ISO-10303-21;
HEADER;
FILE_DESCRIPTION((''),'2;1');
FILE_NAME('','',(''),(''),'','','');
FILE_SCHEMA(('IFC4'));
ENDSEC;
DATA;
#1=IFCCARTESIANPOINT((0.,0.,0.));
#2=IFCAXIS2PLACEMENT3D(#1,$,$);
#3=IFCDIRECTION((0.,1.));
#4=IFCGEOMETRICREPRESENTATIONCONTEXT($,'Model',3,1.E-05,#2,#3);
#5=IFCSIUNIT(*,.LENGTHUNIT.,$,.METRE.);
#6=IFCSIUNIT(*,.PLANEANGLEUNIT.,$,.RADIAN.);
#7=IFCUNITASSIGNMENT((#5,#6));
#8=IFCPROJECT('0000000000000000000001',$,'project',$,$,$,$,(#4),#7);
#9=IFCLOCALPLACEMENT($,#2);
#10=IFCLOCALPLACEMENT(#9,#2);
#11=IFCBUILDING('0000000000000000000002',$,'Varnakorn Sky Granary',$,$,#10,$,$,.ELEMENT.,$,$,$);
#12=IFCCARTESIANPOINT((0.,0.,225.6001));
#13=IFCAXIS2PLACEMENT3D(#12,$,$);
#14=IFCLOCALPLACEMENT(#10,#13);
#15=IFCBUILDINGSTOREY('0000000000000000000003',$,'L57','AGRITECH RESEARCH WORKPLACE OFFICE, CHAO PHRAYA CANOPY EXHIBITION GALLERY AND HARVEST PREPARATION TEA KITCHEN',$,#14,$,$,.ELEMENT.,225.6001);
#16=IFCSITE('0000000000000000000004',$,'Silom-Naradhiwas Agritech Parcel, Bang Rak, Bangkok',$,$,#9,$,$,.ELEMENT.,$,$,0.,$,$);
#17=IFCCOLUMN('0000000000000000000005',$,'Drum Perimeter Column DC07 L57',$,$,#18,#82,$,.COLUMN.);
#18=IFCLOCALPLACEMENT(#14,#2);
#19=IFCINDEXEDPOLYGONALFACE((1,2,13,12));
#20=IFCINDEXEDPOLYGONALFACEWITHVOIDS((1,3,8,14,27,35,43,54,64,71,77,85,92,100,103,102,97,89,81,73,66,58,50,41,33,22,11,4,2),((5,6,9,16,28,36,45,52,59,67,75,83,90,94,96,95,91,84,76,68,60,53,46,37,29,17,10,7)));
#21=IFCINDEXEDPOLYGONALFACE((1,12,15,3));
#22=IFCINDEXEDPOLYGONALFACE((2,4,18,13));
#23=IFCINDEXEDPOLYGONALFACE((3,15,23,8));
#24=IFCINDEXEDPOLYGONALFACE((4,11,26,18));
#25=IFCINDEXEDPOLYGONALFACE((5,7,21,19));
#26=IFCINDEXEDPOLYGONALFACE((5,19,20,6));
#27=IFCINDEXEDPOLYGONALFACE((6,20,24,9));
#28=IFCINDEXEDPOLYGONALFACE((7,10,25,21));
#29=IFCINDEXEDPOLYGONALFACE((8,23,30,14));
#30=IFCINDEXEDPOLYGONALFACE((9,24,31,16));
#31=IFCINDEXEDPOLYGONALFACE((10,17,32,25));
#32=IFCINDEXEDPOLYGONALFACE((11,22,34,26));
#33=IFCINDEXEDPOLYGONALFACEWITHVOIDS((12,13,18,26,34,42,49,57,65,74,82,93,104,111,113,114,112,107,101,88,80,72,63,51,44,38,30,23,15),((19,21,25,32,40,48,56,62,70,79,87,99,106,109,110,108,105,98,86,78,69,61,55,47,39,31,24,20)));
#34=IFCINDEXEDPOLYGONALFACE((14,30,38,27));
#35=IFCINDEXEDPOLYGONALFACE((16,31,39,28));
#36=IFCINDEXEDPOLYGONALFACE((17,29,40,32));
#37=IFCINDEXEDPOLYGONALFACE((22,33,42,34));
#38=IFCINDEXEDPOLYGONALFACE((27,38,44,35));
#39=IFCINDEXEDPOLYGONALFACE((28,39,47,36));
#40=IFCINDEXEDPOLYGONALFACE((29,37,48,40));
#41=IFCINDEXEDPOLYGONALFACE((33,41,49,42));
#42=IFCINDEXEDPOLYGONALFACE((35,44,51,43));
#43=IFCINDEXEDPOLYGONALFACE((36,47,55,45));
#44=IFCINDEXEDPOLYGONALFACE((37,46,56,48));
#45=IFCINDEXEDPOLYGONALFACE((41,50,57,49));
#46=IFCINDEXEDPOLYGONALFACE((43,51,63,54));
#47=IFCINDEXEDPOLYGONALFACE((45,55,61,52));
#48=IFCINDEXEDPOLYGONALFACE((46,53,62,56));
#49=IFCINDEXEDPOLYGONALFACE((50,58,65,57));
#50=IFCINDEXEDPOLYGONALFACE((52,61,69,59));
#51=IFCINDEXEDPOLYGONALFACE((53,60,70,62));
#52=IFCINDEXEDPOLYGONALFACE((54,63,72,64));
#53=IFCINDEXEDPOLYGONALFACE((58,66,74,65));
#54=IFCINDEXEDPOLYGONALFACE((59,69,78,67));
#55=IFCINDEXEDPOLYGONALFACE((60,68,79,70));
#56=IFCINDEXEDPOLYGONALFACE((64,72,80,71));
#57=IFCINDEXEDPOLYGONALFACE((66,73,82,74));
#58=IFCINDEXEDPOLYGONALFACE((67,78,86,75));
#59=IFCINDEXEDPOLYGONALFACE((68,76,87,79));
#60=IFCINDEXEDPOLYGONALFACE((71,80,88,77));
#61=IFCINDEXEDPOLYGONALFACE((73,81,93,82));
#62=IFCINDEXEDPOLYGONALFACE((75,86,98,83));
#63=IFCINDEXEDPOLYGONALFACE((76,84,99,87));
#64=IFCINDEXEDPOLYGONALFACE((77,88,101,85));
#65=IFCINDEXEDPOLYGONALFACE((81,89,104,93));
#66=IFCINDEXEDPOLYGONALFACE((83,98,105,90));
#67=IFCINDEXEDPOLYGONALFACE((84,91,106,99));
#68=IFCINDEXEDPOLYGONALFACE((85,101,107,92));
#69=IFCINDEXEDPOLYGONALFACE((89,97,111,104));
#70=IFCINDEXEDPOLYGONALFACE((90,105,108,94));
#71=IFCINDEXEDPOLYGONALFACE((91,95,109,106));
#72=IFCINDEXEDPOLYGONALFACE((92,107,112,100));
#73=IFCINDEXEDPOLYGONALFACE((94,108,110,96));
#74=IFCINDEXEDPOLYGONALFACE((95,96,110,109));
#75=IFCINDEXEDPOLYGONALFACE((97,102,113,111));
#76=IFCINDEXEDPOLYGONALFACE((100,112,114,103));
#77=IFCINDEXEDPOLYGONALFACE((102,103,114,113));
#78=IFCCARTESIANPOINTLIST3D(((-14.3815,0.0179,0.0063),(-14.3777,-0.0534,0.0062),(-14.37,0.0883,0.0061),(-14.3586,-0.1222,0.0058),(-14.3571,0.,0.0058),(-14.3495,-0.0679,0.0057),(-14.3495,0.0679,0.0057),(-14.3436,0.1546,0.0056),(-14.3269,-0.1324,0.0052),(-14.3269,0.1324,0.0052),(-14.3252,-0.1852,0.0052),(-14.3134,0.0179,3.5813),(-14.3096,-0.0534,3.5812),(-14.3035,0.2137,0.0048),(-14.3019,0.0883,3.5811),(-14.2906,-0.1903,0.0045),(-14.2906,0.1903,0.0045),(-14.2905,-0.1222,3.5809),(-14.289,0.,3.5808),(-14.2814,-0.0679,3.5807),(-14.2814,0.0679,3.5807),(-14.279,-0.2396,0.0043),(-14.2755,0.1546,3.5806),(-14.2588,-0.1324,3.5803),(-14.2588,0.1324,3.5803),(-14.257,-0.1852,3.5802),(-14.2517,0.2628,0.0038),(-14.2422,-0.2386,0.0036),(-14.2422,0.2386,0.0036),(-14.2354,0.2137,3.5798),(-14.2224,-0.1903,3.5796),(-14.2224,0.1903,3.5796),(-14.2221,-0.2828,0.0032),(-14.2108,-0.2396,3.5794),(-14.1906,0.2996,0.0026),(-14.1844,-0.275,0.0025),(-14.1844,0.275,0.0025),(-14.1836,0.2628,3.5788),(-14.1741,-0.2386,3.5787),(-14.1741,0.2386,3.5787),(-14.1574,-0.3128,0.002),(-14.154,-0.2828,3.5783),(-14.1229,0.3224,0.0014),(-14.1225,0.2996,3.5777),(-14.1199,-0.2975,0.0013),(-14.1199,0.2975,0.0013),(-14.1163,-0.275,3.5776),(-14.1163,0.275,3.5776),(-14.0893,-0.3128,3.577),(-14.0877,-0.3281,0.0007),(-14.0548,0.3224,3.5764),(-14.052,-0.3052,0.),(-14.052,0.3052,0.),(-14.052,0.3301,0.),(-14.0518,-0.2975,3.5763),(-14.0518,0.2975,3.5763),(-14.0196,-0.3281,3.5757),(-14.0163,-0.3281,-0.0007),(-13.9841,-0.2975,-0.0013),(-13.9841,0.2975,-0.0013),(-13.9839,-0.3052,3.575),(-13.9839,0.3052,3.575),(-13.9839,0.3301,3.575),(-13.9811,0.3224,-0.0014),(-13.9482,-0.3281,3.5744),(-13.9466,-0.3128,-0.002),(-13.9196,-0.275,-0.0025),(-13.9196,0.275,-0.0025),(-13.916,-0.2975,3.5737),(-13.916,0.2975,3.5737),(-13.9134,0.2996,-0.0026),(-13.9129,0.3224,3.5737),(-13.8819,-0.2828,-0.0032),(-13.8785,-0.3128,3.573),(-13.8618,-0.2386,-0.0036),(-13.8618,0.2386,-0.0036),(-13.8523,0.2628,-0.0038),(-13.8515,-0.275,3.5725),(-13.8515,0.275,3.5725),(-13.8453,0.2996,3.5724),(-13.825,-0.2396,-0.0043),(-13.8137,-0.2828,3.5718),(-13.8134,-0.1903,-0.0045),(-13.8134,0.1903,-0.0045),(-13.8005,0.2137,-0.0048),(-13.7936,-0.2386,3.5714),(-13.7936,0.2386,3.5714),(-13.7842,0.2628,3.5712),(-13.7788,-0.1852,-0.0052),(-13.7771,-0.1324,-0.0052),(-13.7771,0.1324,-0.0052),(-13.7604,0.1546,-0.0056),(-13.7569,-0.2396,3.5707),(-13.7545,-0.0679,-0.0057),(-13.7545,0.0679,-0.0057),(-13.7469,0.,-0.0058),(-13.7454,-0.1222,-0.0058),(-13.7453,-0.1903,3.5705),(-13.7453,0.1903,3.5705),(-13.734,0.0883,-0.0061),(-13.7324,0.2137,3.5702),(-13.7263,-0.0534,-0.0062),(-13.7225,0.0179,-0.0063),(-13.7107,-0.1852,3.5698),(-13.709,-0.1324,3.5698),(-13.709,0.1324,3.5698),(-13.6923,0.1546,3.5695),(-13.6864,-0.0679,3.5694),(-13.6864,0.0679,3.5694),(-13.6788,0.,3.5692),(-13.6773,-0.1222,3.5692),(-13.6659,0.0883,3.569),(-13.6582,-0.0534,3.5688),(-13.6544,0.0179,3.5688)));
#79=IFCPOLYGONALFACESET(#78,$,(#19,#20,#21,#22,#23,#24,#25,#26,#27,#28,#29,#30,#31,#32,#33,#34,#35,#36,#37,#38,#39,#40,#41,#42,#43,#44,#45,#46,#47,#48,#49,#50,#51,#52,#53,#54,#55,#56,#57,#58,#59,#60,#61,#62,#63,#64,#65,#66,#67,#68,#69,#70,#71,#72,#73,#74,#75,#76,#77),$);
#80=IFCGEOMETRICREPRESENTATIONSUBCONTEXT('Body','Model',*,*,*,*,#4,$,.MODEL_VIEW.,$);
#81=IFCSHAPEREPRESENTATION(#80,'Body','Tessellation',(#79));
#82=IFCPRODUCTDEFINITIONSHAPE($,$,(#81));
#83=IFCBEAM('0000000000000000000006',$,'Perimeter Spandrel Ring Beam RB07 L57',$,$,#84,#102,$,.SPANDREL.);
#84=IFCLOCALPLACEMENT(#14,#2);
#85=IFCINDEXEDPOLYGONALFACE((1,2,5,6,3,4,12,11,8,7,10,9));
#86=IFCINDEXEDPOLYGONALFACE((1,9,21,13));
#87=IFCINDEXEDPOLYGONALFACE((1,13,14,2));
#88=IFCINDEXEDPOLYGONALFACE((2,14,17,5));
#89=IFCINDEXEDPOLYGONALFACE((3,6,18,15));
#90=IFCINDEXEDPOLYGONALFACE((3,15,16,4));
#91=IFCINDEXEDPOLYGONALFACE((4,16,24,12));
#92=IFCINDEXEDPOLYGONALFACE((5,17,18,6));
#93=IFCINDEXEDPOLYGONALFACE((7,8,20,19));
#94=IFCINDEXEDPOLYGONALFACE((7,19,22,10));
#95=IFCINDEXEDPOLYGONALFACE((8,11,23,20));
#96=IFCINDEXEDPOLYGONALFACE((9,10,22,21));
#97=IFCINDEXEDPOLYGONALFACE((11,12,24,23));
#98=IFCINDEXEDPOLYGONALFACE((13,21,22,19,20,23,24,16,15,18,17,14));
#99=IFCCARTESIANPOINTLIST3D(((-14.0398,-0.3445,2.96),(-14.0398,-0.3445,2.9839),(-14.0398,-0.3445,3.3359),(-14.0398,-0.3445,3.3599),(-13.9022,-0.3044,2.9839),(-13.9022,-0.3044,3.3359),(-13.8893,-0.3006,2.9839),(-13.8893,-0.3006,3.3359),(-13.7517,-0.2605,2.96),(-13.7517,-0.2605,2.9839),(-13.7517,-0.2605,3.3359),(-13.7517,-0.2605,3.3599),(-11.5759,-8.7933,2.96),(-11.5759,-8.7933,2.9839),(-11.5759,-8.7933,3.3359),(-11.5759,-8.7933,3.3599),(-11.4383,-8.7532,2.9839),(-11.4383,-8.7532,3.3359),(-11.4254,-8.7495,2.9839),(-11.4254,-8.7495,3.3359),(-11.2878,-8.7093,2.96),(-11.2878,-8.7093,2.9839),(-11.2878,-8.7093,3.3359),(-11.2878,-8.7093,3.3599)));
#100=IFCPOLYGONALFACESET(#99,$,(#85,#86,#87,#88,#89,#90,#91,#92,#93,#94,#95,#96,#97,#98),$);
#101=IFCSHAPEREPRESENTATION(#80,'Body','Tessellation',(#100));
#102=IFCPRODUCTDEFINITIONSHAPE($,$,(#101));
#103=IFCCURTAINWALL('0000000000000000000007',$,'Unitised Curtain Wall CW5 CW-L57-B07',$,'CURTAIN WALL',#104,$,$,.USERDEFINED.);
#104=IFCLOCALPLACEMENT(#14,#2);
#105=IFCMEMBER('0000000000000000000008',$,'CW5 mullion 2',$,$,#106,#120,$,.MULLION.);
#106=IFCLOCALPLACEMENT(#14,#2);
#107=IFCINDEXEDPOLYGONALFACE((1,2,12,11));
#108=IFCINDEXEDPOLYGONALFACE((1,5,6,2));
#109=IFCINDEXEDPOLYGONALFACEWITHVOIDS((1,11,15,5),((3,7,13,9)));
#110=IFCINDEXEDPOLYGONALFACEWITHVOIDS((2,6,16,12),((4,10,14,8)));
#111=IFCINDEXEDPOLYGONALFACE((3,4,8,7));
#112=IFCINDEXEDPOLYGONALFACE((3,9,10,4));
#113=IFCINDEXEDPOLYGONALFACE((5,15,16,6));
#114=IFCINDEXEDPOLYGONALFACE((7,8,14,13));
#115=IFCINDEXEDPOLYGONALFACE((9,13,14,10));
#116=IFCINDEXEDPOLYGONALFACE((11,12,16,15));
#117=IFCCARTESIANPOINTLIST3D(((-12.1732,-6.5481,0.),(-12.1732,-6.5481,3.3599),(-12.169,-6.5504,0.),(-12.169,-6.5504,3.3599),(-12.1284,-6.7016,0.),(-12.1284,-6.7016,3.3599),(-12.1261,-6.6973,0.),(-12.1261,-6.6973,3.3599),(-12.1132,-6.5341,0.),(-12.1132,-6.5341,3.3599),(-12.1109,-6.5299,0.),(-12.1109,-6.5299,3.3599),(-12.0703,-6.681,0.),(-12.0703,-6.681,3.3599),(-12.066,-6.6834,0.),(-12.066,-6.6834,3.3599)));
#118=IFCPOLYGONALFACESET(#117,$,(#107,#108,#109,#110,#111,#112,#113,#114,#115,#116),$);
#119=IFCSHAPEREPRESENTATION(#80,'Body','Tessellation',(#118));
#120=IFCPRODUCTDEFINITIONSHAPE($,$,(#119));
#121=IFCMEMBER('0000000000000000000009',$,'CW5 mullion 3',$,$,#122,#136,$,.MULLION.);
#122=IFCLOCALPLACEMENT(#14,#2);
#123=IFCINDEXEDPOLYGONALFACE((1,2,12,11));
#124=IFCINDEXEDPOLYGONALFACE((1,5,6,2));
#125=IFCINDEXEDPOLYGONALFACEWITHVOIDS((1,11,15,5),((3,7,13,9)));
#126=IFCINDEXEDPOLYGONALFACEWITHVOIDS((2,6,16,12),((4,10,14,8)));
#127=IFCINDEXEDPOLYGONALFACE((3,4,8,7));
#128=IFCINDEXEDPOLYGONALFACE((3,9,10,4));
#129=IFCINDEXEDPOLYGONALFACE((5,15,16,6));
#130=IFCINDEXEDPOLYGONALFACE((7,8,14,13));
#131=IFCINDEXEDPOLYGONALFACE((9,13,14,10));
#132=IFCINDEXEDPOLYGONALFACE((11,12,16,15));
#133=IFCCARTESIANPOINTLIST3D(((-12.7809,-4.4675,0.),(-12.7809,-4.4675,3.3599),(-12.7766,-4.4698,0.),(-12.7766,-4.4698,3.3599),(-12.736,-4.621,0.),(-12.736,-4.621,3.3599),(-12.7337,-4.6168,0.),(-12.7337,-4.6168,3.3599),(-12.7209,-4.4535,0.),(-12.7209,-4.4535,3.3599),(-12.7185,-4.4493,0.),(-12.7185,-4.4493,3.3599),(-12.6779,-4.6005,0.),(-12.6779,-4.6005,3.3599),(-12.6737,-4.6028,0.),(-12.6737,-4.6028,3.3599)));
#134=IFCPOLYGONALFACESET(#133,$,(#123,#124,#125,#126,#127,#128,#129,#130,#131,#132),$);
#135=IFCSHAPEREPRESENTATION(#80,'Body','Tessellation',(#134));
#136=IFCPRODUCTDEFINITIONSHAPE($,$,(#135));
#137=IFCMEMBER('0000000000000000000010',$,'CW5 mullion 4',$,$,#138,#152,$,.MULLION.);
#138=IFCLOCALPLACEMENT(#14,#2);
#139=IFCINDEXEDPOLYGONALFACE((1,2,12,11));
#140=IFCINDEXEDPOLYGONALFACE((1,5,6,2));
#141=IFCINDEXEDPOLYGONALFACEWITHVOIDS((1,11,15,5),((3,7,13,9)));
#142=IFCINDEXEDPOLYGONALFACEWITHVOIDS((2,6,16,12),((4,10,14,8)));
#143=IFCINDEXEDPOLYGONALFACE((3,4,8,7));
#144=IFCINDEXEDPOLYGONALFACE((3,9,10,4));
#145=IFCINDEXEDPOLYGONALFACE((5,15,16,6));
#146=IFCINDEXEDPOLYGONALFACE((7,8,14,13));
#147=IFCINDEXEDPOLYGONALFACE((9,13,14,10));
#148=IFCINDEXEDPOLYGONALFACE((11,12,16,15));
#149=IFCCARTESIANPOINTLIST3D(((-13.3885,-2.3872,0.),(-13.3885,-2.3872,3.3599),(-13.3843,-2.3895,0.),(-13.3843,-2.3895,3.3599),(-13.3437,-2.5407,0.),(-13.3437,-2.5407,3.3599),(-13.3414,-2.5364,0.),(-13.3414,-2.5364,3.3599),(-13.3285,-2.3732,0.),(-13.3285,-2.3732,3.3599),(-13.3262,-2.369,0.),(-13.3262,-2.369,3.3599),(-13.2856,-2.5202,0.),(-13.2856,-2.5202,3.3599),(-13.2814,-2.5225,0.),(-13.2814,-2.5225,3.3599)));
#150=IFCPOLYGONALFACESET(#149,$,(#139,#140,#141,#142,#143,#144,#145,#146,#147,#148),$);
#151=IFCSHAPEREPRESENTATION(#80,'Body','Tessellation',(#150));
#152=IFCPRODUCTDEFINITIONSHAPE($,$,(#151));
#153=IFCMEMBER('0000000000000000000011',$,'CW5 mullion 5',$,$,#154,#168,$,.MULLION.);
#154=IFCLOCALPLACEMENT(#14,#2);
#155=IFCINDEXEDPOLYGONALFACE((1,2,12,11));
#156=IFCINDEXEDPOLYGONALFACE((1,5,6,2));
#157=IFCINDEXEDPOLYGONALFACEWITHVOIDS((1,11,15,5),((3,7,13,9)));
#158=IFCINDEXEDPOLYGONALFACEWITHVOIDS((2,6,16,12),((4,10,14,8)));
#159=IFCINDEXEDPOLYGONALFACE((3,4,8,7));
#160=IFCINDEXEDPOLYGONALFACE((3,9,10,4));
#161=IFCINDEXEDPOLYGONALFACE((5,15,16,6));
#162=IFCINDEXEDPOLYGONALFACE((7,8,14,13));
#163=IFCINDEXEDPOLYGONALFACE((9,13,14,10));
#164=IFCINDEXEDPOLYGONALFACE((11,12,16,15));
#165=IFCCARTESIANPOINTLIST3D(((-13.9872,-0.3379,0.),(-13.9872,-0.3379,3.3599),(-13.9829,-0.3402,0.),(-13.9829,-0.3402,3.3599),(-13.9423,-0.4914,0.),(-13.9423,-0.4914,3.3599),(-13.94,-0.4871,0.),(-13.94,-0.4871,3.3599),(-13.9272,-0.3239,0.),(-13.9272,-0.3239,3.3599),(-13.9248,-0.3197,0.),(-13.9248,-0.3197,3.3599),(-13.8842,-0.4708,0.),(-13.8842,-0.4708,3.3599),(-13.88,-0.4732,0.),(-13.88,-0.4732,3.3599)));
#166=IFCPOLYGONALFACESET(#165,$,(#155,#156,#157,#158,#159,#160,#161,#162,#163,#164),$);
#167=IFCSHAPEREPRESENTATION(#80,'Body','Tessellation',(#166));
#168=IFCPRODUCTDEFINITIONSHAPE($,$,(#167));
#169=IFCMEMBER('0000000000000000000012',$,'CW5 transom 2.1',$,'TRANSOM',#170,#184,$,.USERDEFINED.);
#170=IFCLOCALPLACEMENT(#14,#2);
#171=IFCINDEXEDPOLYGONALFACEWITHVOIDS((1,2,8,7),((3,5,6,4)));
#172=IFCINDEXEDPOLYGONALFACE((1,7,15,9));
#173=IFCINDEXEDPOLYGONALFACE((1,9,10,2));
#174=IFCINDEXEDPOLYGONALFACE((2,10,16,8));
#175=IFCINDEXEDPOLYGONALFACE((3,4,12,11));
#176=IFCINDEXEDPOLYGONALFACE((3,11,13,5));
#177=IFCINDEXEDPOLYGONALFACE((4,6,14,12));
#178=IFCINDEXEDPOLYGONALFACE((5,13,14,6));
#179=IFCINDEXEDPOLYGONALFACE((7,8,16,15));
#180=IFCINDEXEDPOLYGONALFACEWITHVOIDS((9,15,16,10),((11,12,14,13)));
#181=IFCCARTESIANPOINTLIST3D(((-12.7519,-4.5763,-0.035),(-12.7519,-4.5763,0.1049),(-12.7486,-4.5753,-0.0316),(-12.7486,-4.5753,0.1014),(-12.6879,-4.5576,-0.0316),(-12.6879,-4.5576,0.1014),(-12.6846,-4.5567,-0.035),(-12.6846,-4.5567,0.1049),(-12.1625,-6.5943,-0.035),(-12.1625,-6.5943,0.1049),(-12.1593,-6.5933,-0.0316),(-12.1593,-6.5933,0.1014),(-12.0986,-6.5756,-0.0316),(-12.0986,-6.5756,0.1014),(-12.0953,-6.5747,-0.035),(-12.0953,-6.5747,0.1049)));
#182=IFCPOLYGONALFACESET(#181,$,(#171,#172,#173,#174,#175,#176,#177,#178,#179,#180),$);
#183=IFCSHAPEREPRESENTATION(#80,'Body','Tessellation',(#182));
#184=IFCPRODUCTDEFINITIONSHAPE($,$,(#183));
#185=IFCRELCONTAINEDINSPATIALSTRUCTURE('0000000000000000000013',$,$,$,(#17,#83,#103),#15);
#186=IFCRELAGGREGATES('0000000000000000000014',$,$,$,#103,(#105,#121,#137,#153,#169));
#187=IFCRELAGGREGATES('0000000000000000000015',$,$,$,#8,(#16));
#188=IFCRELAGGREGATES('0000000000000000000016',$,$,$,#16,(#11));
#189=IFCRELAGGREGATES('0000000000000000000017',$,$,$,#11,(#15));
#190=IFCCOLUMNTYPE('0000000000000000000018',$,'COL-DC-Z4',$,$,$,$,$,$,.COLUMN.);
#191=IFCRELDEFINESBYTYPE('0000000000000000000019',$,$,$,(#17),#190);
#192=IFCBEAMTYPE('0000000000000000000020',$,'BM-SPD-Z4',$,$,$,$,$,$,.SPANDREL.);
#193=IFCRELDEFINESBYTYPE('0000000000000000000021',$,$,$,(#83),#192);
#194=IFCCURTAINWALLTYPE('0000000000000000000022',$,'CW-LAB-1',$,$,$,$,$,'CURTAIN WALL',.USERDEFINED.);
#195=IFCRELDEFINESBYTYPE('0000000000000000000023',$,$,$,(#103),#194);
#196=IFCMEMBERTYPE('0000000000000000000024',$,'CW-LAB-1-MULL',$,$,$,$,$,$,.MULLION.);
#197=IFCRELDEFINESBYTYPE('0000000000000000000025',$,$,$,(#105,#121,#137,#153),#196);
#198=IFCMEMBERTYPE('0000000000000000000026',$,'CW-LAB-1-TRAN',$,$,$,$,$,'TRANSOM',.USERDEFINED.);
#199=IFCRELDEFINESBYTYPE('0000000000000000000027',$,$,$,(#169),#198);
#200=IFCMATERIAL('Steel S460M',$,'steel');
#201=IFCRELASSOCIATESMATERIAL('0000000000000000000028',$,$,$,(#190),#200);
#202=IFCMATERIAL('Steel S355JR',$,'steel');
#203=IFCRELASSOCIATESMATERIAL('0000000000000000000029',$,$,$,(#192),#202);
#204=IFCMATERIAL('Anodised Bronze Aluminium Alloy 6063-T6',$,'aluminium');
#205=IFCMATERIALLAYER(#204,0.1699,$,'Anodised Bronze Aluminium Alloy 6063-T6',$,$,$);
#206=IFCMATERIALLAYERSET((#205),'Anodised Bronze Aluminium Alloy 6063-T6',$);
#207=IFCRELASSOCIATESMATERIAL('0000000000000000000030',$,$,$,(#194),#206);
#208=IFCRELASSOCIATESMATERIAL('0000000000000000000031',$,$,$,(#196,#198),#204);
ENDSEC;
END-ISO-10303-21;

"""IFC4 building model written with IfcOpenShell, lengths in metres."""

from ifc_helpers import new_model, si_unit, direction, frame, origin, origin_2d, place, context, subcontext, project, spatial, hollow_rectangle, hollow_circle, i_section, extrude, material, layer, layer_set, material_profile, profile_set, type_object, element, aggregate, save


model = new_model("IFC4")

# Units and contexts
model_context = context("Model", 3, precision=1e-05, world=origin(), true_north=direction((0.0, 1.0)))
body_context = subcontext(model_context, "Body", "Model", "MODEL_VIEW")
ifc_project = project(units=[si_unit("LENGTHUNIT", "METRE"), si_unit("PLANEANGLEUNIT", "RADIAN")], contexts=[model_context])

# Site, building, storey
site_placement = place(None, origin())
site = spatial("IfcSite", under=ifc_project, at=site_placement, Name="Silom-Naradhiwas Agritech Parcel, Bang Rak, Bangkok", CompositionType="ELEMENT", RefElevation=0.0)
building_placement = place(site_placement, origin())
building = spatial("IfcBuilding", under=site, at=building_placement, Name="Varnakorn Sky Granary", CompositionType="ELEMENT")
storey_placement = place(building_placement, frame((0.0, 0.0, 225.6001)))
storey = spatial("IfcBuildingStorey", under=building, at=storey_placement, Name="L57", Description="AGRITECH RESEARCH WORKPLACE OFFICE, CHAO PHRAYA CANOPY EXHIBITION GALLERY AND HARVEST PREPARATION TEA KITCHEN", CompositionType="ELEMENT", Elevation=225.6001)

# Column
ifc_material_1 = material(Name="Steel S460M", Category="steel")
ifc_material_profile_1 = material_profile(ifc_material_1, hollow_circle(Radius=0.3301, WallThickness=0.0249, at=origin_2d()), Name="CHS 660x25")
ifc_profile_set_1 = profile_set([ifc_material_profile_1], Name="Steel S460M")
column_type = type_object("IfcColumnType", Name="COL-DC-Z4", PredefinedType="COLUMN", material=ifc_profile_set_1)
column_placement = place(storey_placement, frame((-14.052, 0.0, 0.0), z_axis=(0.01905, 0.0, 0.999819), x_axis=(0.0, 1.0, 0.0)))
element("IfcColumn", 1, at=column_placement, inside=storey, type_object=column_type, Name="Drum Perimeter Column DC07 L57", PredefinedType="COLUMN", context=body_context, shape_type="SweptSolid", body=[
    extrude(hollow_circle(Radius=0.3301, WallThickness=0.0249, at=origin_2d()), origin(), (0.0, 0.0, 1.0), 3.5757),
])

# Beam
ifc_material_2 = material(Name="Steel S355JR", Category="steel")
ifc_material_profile_2 = material_profile(ifc_material_2, i_section(OverallWidth=0.3, OverallDepth=0.3999, WebThickness=0.0134, FlangeThickness=0.0239, at=origin_2d()), Name="HE 400 B")
ifc_profile_set_2 = profile_set([ifc_material_profile_2], Name="Steel S355JR")
beam_type = type_object("IfcBeamType", Name="BM-SPD-Z4", PredefinedType="SPANDREL", material=ifc_profile_set_2)
beam_placement = place(storey_placement, frame((-13.8958, -0.3025, 3.1599), z_axis=(0.279964, -0.960011, 0.0), x_axis=(0.960011, 0.279964, 0.0)))
element("IfcBeam", 2, at=beam_placement, inside=storey, type_object=beam_type, Name="Perimeter Spandrel Ring Beam RB07 L57", PredefinedType="SPANDREL", context=body_context, shape_type="SweptSolid", body=[
    extrude(i_section(OverallWidth=0.3, OverallDepth=0.3999, WebThickness=0.0134, FlangeThickness=0.0239, at=origin_2d()), origin(), (0.0, 0.0, 1.0), 8.8008),
])

# Curtain wall, members
ifc_material_3 = material(Name="Anodised Bronze Aluminium Alloy 6063-T6", Category="aluminium")
ifc_layer_1 = layer(ifc_material_3, 0.1699, Name="Anodised Bronze Aluminium Alloy 6063-T6")
ifc_layer_set_1 = layer_set([ifc_layer_1], Name="Anodised Bronze Aluminium Alloy 6063-T6")
curtain_wall_type = type_object("IfcCurtainWallType", Name="CW-LAB-1", ElementType="CURTAIN WALL", PredefinedType="USERDEFINED", material=ifc_layer_set_1)
curtain_wall_placement = place(storey_placement, origin())
curtain_wall = element("IfcCurtainWall", 3, at=curtain_wall_placement, inside=storey, type_object=curtain_wall_type, Name="Unitised Curtain Wall CW5 CW-L57-B07", ObjectType="CURTAIN WALL", PredefinedType="USERDEFINED")
ifc_material_profile_3 = material_profile(ifc_material_3, hollow_rectangle(XDim=0.0649, YDim=0.1599, WallThickness=0.0034, at=origin_2d()), Name="ALU MULL 65x160")
ifc_profile_set_3 = profile_set([ifc_material_profile_3], Name="Anodised Bronze Aluminium Alloy 6063-T6")
member_type_1 = type_object("IfcMemberType", Name="CW-LAB-1-MULL", PredefinedType="MULLION", material=ifc_profile_set_3)
member_1_placement = place(storey_placement, frame((-12.1196, -6.6157, 0.0), z_axis=(0.0, 0.0, 1.0), x_axis=(-0.95989, -0.280376, 0.0)))
member_1 = element("IfcMember", 4, at=member_1_placement, type_object=member_type_1, Name="CW5 mullion 2", PredefinedType="MULLION", context=body_context, shape_type="SweptSolid", body=[
    extrude(hollow_rectangle(XDim=0.0649, YDim=0.1599, WallThickness=0.0034, at=origin_2d()), origin(), (0.0, 0.0, 1.0), 3.3599),
])
member_2_placement = place(storey_placement, frame((-12.7273, -4.5352, 0.0), z_axis=(0.0, 0.0, 1.0), x_axis=(-0.95989, -0.280376, 0.0)))
member_2 = element("IfcMember", 5, at=member_2_placement, type_object=member_type_1, Name="CW5 mullion 3", PredefinedType="MULLION", context=body_context, shape_type="SweptSolid", body=[
    extrude(hollow_rectangle(XDim=0.0649, YDim=0.1599, WallThickness=0.0034, at=origin_2d()), origin(), (0.0, 0.0, 1.0), 3.3599),
])
member_3_placement = place(storey_placement, frame((-13.335, -2.4548, 0.0), z_axis=(0.0, 0.0, 1.0), x_axis=(-0.95989, -0.280376, 0.0)))
member_3 = element("IfcMember", 6, at=member_3_placement, type_object=member_type_1, Name="CW5 mullion 4", PredefinedType="MULLION", context=body_context, shape_type="SweptSolid", body=[
    extrude(hollow_rectangle(XDim=0.0649, YDim=0.1599, WallThickness=0.0034, at=origin_2d()), origin(), (0.0, 0.0, 1.0), 3.3599),
])
member_4_placement = place(storey_placement, frame((-13.9336, -0.4055, 0.0), z_axis=(0.0, 0.0, 1.0), x_axis=(-0.95989, -0.280376, 0.0)))
member_4 = element("IfcMember", 7, at=member_4_placement, type_object=member_type_1, Name="CW5 mullion 5", PredefinedType="MULLION", context=body_context, shape_type="SweptSolid", body=[
    extrude(hollow_rectangle(XDim=0.0649, YDim=0.1599, WallThickness=0.0034, at=origin_2d()), origin(), (0.0, 0.0, 1.0), 3.3599),
])
ifc_material_profile_4 = material_profile(ifc_material_3, hollow_rectangle(XDim=0.0701, YDim=0.1399, WallThickness=0.0034, at=origin_2d()), Name="ALU TRAN 70x140")
ifc_profile_set_4 = profile_set([ifc_material_profile_4], Name="Anodised Bronze Aluminium Alloy 6063-T6")
member_type_2 = type_object("IfcMemberType", Name="CW-LAB-1-TRAN", ElementType="TRANSOM", PredefinedType="USERDEFINED", material=ifc_profile_set_4)
member_5_placement = place(storey_placement, frame((-12.1289, -6.5845, 0.0349), z_axis=(-0.28033, 0.959904, 0.0), x_axis=(-0.959904, -0.28033, 0.0)))
member_5 = element("IfcMember", 8, at=member_5_placement, type_object=member_type_2, Name="CW5 transom 2.1", ObjectType="TRANSOM", PredefinedType="USERDEFINED", context=body_context, shape_type="SweptSolid", body=[
    extrude(hollow_rectangle(XDim=0.0701, YDim=0.1399, WallThickness=0.0034, at=origin_2d()), origin(), (0.0, 0.0, 1.0), 2.1023),
])

aggregate(curtain_wall, [member_1, member_2, member_3, member_4, member_5])

save(model, "model.ifc")
